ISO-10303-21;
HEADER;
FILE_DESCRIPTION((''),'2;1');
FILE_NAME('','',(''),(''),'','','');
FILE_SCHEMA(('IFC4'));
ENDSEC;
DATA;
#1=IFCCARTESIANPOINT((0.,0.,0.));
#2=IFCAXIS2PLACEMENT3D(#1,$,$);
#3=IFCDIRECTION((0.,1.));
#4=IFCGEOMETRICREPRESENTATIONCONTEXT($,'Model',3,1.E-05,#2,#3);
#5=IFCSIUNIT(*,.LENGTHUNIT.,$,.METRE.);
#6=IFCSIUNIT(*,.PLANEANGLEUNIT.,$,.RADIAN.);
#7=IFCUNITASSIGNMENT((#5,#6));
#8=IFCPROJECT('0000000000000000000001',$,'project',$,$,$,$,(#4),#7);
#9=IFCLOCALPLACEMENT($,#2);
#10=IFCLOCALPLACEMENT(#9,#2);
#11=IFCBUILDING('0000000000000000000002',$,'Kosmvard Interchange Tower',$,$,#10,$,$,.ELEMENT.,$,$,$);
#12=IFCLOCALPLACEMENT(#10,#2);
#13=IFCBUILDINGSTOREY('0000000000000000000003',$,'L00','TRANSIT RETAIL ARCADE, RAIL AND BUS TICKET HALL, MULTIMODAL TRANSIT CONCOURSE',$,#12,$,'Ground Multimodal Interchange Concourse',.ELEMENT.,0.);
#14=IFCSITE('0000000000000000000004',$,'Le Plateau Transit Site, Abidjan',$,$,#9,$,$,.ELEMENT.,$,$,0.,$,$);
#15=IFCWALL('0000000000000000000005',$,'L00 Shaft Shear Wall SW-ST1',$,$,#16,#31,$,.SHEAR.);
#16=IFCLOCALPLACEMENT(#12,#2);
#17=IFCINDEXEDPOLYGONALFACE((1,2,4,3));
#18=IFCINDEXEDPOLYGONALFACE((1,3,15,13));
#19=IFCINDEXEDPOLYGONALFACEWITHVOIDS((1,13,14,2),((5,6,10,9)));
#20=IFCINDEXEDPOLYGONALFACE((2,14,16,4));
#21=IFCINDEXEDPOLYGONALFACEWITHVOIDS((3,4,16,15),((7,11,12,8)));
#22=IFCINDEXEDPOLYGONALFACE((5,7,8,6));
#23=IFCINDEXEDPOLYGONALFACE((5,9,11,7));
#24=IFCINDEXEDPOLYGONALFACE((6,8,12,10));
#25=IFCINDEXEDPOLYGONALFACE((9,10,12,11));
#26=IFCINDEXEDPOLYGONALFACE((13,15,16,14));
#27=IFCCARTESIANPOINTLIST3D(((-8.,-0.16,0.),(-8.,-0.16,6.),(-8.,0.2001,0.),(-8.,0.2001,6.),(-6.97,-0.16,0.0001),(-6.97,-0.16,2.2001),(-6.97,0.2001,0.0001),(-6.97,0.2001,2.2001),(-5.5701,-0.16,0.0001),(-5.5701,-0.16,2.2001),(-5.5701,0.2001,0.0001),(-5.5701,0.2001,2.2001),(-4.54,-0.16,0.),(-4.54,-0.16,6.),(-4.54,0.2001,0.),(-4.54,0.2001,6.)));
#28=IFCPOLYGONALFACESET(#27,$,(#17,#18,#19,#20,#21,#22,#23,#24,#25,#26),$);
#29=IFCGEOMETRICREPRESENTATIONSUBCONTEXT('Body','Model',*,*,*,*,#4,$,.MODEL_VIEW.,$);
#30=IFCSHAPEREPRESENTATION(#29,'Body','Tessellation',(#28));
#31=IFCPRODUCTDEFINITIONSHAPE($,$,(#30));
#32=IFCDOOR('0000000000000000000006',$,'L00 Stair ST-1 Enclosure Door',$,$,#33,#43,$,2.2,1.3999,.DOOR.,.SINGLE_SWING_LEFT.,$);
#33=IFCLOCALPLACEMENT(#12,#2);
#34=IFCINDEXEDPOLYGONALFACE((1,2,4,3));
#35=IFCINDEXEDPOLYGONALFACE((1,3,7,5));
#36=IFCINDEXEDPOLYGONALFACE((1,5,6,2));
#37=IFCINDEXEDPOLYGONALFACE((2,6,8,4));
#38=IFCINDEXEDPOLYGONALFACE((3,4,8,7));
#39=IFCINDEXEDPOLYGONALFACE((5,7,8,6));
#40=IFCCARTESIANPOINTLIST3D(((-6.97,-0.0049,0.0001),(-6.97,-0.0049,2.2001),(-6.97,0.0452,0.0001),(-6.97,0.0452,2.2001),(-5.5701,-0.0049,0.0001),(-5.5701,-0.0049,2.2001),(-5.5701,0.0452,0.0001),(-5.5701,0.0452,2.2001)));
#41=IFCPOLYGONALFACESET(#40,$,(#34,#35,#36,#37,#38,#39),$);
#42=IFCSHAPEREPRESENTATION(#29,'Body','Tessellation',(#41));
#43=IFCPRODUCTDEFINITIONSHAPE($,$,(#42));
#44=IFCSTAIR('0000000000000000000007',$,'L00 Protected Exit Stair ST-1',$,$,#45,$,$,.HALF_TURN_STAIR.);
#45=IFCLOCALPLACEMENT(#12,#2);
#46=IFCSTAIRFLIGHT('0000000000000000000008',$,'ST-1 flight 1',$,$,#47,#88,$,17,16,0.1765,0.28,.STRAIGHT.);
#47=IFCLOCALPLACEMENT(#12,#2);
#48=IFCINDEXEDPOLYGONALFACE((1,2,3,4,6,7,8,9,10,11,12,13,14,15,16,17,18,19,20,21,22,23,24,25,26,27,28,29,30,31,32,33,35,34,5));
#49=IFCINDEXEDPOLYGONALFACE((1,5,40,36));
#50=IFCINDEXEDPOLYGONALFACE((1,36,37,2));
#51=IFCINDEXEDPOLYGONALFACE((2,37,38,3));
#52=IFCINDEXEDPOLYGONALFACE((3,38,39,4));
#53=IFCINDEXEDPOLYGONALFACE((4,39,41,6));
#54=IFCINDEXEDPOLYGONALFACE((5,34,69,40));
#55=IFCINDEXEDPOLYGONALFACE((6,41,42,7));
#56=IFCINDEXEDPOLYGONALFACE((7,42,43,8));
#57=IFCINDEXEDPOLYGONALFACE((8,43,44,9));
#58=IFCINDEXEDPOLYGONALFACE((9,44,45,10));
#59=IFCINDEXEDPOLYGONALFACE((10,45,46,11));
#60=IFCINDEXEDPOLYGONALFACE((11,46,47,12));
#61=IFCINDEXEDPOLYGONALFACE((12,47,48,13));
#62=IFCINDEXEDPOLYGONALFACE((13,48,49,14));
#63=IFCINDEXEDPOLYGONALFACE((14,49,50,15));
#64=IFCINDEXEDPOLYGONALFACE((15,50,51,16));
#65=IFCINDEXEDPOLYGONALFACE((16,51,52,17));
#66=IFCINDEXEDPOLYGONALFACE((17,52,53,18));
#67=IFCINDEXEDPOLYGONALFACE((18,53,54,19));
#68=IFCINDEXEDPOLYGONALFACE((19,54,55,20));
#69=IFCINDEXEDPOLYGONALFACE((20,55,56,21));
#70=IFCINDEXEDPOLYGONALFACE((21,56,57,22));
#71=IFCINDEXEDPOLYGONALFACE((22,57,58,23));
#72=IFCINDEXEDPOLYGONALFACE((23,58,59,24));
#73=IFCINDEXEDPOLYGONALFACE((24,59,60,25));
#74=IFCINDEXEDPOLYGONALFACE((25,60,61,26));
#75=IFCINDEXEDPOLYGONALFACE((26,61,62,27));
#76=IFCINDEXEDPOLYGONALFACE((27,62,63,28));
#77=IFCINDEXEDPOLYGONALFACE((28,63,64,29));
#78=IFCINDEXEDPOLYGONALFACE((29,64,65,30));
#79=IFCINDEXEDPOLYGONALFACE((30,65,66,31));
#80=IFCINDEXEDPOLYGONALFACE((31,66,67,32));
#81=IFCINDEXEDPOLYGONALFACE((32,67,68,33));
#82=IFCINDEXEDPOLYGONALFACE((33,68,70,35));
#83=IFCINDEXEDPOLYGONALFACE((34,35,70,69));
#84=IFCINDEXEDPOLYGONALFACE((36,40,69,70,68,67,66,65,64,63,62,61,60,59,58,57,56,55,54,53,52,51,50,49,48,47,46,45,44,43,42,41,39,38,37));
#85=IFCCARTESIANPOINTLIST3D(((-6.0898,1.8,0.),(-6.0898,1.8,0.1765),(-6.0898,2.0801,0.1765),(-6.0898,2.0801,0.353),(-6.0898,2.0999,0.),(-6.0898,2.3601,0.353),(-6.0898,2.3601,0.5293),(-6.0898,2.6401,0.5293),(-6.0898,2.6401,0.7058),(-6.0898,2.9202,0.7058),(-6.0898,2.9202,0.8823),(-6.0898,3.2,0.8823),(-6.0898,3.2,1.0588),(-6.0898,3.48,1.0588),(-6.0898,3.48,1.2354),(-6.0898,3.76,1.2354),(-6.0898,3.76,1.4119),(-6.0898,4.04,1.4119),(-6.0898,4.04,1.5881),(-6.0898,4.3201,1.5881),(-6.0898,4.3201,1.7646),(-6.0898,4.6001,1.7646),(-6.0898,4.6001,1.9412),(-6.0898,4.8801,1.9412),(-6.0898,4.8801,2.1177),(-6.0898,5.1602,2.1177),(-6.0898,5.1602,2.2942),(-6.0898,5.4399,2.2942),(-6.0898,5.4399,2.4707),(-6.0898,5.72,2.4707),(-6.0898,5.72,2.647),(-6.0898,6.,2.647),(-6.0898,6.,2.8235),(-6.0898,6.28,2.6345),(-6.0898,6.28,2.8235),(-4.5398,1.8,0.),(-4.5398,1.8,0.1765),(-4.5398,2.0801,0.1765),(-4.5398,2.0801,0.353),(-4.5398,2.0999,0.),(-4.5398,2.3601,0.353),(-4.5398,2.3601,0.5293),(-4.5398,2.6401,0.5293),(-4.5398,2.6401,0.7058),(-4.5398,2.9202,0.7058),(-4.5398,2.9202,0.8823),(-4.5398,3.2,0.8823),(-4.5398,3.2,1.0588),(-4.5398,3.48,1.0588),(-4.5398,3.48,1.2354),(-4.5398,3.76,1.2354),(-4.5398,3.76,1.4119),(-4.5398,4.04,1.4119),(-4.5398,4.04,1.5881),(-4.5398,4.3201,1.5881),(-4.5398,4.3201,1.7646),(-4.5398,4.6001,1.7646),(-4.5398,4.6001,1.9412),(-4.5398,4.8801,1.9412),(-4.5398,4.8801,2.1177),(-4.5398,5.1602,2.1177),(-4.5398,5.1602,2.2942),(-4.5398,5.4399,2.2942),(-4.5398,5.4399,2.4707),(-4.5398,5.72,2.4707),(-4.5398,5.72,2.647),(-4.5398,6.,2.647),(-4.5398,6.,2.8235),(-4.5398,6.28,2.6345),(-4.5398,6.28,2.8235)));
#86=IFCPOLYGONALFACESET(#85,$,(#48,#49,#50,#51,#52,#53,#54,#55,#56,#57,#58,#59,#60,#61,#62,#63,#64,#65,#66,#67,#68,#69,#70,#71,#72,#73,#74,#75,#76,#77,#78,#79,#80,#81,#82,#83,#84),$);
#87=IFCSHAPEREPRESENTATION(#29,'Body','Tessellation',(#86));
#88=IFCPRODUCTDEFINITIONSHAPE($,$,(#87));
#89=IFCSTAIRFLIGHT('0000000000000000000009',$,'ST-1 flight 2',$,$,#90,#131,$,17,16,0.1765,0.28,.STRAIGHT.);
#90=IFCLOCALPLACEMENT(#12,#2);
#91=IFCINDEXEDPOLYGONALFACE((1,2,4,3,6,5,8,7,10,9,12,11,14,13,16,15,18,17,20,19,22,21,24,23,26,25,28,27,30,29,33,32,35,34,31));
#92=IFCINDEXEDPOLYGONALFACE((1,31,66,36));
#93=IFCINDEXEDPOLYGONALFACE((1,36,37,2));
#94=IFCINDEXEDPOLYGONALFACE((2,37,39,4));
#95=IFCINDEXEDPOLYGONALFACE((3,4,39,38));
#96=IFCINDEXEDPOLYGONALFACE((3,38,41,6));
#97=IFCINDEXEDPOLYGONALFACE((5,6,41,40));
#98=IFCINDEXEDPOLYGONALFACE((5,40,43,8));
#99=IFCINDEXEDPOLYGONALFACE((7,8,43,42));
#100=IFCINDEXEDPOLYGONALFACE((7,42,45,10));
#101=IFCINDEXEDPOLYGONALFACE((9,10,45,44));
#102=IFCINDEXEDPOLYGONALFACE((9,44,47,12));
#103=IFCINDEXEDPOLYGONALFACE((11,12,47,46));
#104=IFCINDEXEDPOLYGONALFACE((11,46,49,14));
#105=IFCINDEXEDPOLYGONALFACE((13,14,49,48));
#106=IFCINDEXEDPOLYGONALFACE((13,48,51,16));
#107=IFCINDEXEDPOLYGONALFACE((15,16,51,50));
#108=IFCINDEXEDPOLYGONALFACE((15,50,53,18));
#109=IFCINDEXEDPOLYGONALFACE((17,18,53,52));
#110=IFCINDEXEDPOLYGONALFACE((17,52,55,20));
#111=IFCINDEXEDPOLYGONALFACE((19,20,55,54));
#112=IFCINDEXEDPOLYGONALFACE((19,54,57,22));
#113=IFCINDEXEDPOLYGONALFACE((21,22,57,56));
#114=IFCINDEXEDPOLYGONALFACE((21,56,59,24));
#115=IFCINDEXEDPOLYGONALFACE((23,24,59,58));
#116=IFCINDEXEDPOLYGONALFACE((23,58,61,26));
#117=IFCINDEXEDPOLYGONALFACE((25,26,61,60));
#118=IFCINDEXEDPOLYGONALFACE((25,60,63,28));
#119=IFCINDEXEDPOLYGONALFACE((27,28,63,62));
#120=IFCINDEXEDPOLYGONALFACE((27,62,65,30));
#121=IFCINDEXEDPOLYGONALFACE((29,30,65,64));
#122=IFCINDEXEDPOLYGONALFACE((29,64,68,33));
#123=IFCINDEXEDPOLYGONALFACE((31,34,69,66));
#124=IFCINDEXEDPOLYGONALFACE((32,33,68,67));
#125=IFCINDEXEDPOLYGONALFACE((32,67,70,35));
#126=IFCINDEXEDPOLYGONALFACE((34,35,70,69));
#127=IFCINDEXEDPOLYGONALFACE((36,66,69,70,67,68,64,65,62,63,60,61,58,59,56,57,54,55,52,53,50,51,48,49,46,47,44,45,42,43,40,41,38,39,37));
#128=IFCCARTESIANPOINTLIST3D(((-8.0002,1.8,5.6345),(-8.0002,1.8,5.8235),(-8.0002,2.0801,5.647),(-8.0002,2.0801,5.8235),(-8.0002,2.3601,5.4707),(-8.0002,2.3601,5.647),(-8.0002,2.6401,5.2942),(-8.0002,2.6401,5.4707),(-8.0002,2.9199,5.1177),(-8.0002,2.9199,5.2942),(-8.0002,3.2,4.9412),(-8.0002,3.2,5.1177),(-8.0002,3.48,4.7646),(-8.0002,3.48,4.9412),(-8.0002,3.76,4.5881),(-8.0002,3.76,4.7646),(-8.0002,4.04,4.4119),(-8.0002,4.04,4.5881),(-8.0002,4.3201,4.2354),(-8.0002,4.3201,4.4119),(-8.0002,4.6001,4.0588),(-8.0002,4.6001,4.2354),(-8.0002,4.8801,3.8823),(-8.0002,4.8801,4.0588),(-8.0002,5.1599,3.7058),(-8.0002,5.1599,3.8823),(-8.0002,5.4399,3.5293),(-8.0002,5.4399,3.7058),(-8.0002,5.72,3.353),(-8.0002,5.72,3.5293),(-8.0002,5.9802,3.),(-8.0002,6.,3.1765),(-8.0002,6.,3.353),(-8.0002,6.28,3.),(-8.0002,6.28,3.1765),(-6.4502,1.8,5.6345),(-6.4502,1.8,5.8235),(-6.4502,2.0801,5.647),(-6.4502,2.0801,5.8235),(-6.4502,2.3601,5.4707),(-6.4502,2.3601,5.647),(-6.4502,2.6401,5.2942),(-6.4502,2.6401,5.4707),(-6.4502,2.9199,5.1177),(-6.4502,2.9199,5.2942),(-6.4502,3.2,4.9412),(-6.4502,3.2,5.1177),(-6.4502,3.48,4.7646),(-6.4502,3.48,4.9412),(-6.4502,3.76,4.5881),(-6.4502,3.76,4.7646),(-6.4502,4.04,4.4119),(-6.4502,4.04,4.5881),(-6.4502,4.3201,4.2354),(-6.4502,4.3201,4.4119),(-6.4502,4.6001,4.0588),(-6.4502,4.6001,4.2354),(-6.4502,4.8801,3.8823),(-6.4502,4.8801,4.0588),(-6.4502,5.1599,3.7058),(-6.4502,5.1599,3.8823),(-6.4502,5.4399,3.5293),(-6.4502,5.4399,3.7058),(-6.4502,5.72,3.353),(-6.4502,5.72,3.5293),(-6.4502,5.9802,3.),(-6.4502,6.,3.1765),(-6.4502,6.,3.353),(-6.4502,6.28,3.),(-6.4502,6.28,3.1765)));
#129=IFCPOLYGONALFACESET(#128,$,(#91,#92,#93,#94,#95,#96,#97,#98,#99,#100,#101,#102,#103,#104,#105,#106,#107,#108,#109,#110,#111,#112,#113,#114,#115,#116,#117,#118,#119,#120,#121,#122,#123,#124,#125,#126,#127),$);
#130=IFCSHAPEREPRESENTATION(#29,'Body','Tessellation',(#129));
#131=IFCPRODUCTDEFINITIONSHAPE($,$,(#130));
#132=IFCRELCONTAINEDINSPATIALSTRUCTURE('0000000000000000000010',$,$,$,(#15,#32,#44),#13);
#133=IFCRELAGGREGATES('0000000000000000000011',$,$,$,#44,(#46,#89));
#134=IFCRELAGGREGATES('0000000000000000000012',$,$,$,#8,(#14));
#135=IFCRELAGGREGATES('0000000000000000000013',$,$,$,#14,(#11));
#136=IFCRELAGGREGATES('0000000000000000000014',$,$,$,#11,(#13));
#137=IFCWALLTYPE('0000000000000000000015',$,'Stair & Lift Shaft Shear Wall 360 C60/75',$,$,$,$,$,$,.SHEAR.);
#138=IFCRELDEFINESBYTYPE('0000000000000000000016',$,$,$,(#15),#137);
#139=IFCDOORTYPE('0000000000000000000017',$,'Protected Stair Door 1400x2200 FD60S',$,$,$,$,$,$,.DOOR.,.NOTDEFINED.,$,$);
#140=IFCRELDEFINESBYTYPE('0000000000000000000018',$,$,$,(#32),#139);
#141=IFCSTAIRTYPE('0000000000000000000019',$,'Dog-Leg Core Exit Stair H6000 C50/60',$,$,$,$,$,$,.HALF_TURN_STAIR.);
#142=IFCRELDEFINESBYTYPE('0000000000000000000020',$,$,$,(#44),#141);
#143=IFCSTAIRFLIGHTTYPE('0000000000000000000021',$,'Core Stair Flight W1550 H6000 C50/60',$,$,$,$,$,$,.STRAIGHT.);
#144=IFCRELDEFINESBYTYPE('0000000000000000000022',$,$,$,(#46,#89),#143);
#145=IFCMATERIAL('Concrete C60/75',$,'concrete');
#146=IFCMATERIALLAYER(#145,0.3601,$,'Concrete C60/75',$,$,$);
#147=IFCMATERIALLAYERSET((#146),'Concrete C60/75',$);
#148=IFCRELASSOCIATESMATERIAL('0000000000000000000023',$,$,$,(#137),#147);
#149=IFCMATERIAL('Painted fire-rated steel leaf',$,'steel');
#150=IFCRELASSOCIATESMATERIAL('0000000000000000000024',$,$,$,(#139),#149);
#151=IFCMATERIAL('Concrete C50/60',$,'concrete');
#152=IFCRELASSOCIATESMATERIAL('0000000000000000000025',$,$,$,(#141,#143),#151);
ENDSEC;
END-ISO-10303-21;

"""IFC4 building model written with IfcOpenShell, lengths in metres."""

from ifc_helpers import new_model, si_unit, direction, frame, frame_2d, origin, place, context, subcontext, project, spatial, polyline, rectangle, outline, extrude, source, transform, mapped, material, layer, layer_set, type_object, element, fill, aggregate, save


model = new_model("IFC4")

# Units and contexts
model_context = context("Model", 3, precision=1e-05, world=origin(), true_north=direction((0.0, 1.0)))
body_context = subcontext(model_context, "Body", "Model", "MODEL_VIEW")
ifc_project = project(units=[si_unit("LENGTHUNIT", "METRE"), si_unit("PLANEANGLEUNIT", "RADIAN")], contexts=[model_context])

# Site, building, storey
site_placement = place(None, origin())
site = spatial("IfcSite", under=ifc_project, at=site_placement, Name="Le Plateau Transit Site, Abidjan", CompositionType="ELEMENT", RefElevation=0.0)
building_placement = place(site_placement, origin())
building = spatial("IfcBuilding", under=site, at=building_placement, Name="Kosmvard Interchange Tower", CompositionType="ELEMENT")
storey_placement = place(building_placement, origin())
storey = spatial("IfcBuildingStorey", under=building, at=storey_placement, Name="L00", Description="TRANSIT RETAIL ARCADE, RAIL AND BUS TICKET HALL, MULTIMODAL TRANSIT CONCOURSE", LongName="Ground Multimodal Interchange Concourse", CompositionType="ELEMENT", Elevation=0.0)

# Shared definitions
ifc_material_1 = material(Name="Painted fire-rated steel leaf", Category="steel")

# Wall, opening, door
ifc_material_2 = material(Name="Concrete C60/75", Category="concrete")
ifc_layer_1 = layer(ifc_material_2, 0.3601, Name="Concrete C60/75")
ifc_layer_set_1 = layer_set([ifc_layer_1], Name="Concrete C60/75")
wall_type_1 = type_object("IfcWallType", Name="Stair & Lift Shaft Shear Wall 360 C60/75", PredefinedType="SHEAR", material=ifc_layer_set_1)
wall_1_placement = place(storey_placement, frame((-8.0, 0.02, 0.0), z_axis=(0.0, 0.0, 1.0), x_axis=(1.0, 0.0, 0.0)))
wall_1 = element("IfcWall", 1, at=wall_1_placement, inside=storey, type_object=wall_type_1, Name="L00 Shaft Shear Wall SW-ST1", PredefinedType="SHEAR", context=body_context, shape_type="SweptSolid", body=[
    extrude(rectangle(XDim=3.46, YDim=0.3601, at=frame_2d((1.73, 0.0))), origin(), (0.0, 0.0, 1.0), 6.0),
])
opening_1_placement = place(wall_1_placement, frame((1.03, 0.0, 0.0)))
opening_1 = element("IfcOpeningElement", 2, at=opening_1_placement, cuts=wall_1, PredefinedType="OPENING", context=body_context, shape_type="SweptSolid", body=[
    extrude(rectangle(XDim=1.3999, YDim=2.2, at=frame_2d((0.7, 1.1001))), frame((0.0, 0.1899, 0.0), z_axis=(0.0, -1.0, 0.0), x_axis=(1.0, 0.0, 0.0)), (0.0, 0.0, 1.0), 0.3801),
])
door_type_1 = type_object("IfcDoorType", Name="Protected Stair Door 1400x2200 FD60S", OperationType="NOTDEFINED", PredefinedType="DOOR", material=ifc_material_1)
shared_shape_1 = source(origin(), body_context, "Body", "SweptSolid", [
    extrude(rectangle(XDim=1.3999, YDim=2.2, at=frame_2d((0.7, 1.1001))), frame((0.0, 0.0249, 0.0), z_axis=(0.0, -1.0, 0.0), x_axis=(1.0, 0.0, 0.0)), (0.0, 0.0, 1.0), 0.05),
])
door_1_placement = place(opening_1_placement, frame((1.3999, 0.0, 0.0), z_axis=(0.0, 0.0, 1.0), x_axis=(-1.0, 0.0, 0.0)))
door_1 = element("IfcDoor", 3, at=door_1_placement, inside=storey, type_object=door_type_1, Name="L00 Stair ST-1 Enclosure Door", OperationType="SINGLE_SWING_LEFT", OverallHeight=2.2, OverallWidth=1.3999, PredefinedType="DOOR", context=body_context, shape_type="MappedRepresentation", body=[
    mapped(shared_shape_1, transform((0.0, 0.0, 0.0), scale=1.0)),
])
fill(opening_1, door_1)

# Stair, stair flights
ifc_material_3 = material(Name="Concrete C50/60", Category="concrete")
stair_type = type_object("IfcStairType", Name="Dog-Leg Core Exit Stair H6000 C50/60", PredefinedType="HALF_TURN_STAIR", material=ifc_material_3)
stair_placement = place(storey_placement, origin())
stair = element("IfcStair", 4, at=stair_placement, inside=storey, type_object=stair_type, Name="L00 Protected Exit Stair ST-1", PredefinedType="HALF_TURN_STAIR")
stair_flight_type = type_object("IfcStairFlightType", Name="Core Stair Flight W1550 H6000 C50/60", PredefinedType="STRAIGHT", material=ifc_material_3)
shared_shape_2 = source(origin(), body_context, "Body", "SweptSolid", [
    extrude(outline(polyline([(0.0, 0.0), (0.0, 0.1765), (0.28, 0.1765), (0.28, 0.353), (0.5601, 0.353), (0.5601, 0.5293), (0.8401, 0.5293), (0.8401, 0.7058), (1.1201, 0.7058), (1.1201, 0.8823), (1.3999, 0.8823), (1.3999, 1.0588), (1.6799, 1.0588), (1.6799, 1.2354), (1.96, 1.2354), (1.96, 1.4119), (2.24, 1.4119), (2.24, 1.5881), (2.52, 1.5881), (2.52, 1.7646), (2.8, 1.7646), (2.8, 1.9412), (3.0801, 1.9412), (3.0801, 2.1177), (3.3601, 2.1177), (3.3601, 2.2942), (3.6399, 2.2942), (3.6399, 2.4707), (3.9199, 2.4707), (3.9199, 2.647), (4.2, 2.647), (4.2, 2.8235), (4.48, 2.8235), (4.48, 3.0), (4.48, 2.6345), (0.2998, 0.0), (0.0, 0.0)])), frame((0.0, 0.7749, 0.0), z_axis=(0.0, -1.0, 0.0), x_axis=(1.0, 0.0, 0.0)), (0.0, 0.0, 1.0), 1.55),
])
stair_flight_1_placement = place(storey_placement, frame((-5.3149, 1.8, 0.0), z_axis=(0.0, 0.0, 1.0), x_axis=(0.0, 1.0, 0.0)))
stair_flight_1 = element("IfcStairFlight", 5, at=stair_flight_1_placement, type_object=stair_flight_type, Name="ST-1 flight 1", NumberOfRisers=17, NumberOfTreads=16, PredefinedType="STRAIGHT", RiserHeight=0.1765, TreadLength=0.28, context=body_context, shape_type="MappedRepresentation", body=[
    mapped(shared_shape_2, transform((0.0, 0.0, 0.0), scale=1.0)),
])
stair_flight_2_placement = place(storey_placement, frame((-7.2251, 6.28, 3.0), z_axis=(0.0, 0.0, 1.0), x_axis=(0.0, -1.0, 0.0)))
stair_flight_2 = element("IfcStairFlight", 6, at=stair_flight_2_placement, type_object=stair_flight_type, Name="ST-1 flight 2", NumberOfRisers=17, NumberOfTreads=16, PredefinedType="STRAIGHT", RiserHeight=0.1765, TreadLength=0.28, context=body_context, shape_type="MappedRepresentation", body=[
    mapped(shared_shape_2, transform((0.0, 0.0, 0.0), scale=1.0)),
])
aggregate(stair, [stair_flight_1, stair_flight_2])

save(model, "model.ifc")
